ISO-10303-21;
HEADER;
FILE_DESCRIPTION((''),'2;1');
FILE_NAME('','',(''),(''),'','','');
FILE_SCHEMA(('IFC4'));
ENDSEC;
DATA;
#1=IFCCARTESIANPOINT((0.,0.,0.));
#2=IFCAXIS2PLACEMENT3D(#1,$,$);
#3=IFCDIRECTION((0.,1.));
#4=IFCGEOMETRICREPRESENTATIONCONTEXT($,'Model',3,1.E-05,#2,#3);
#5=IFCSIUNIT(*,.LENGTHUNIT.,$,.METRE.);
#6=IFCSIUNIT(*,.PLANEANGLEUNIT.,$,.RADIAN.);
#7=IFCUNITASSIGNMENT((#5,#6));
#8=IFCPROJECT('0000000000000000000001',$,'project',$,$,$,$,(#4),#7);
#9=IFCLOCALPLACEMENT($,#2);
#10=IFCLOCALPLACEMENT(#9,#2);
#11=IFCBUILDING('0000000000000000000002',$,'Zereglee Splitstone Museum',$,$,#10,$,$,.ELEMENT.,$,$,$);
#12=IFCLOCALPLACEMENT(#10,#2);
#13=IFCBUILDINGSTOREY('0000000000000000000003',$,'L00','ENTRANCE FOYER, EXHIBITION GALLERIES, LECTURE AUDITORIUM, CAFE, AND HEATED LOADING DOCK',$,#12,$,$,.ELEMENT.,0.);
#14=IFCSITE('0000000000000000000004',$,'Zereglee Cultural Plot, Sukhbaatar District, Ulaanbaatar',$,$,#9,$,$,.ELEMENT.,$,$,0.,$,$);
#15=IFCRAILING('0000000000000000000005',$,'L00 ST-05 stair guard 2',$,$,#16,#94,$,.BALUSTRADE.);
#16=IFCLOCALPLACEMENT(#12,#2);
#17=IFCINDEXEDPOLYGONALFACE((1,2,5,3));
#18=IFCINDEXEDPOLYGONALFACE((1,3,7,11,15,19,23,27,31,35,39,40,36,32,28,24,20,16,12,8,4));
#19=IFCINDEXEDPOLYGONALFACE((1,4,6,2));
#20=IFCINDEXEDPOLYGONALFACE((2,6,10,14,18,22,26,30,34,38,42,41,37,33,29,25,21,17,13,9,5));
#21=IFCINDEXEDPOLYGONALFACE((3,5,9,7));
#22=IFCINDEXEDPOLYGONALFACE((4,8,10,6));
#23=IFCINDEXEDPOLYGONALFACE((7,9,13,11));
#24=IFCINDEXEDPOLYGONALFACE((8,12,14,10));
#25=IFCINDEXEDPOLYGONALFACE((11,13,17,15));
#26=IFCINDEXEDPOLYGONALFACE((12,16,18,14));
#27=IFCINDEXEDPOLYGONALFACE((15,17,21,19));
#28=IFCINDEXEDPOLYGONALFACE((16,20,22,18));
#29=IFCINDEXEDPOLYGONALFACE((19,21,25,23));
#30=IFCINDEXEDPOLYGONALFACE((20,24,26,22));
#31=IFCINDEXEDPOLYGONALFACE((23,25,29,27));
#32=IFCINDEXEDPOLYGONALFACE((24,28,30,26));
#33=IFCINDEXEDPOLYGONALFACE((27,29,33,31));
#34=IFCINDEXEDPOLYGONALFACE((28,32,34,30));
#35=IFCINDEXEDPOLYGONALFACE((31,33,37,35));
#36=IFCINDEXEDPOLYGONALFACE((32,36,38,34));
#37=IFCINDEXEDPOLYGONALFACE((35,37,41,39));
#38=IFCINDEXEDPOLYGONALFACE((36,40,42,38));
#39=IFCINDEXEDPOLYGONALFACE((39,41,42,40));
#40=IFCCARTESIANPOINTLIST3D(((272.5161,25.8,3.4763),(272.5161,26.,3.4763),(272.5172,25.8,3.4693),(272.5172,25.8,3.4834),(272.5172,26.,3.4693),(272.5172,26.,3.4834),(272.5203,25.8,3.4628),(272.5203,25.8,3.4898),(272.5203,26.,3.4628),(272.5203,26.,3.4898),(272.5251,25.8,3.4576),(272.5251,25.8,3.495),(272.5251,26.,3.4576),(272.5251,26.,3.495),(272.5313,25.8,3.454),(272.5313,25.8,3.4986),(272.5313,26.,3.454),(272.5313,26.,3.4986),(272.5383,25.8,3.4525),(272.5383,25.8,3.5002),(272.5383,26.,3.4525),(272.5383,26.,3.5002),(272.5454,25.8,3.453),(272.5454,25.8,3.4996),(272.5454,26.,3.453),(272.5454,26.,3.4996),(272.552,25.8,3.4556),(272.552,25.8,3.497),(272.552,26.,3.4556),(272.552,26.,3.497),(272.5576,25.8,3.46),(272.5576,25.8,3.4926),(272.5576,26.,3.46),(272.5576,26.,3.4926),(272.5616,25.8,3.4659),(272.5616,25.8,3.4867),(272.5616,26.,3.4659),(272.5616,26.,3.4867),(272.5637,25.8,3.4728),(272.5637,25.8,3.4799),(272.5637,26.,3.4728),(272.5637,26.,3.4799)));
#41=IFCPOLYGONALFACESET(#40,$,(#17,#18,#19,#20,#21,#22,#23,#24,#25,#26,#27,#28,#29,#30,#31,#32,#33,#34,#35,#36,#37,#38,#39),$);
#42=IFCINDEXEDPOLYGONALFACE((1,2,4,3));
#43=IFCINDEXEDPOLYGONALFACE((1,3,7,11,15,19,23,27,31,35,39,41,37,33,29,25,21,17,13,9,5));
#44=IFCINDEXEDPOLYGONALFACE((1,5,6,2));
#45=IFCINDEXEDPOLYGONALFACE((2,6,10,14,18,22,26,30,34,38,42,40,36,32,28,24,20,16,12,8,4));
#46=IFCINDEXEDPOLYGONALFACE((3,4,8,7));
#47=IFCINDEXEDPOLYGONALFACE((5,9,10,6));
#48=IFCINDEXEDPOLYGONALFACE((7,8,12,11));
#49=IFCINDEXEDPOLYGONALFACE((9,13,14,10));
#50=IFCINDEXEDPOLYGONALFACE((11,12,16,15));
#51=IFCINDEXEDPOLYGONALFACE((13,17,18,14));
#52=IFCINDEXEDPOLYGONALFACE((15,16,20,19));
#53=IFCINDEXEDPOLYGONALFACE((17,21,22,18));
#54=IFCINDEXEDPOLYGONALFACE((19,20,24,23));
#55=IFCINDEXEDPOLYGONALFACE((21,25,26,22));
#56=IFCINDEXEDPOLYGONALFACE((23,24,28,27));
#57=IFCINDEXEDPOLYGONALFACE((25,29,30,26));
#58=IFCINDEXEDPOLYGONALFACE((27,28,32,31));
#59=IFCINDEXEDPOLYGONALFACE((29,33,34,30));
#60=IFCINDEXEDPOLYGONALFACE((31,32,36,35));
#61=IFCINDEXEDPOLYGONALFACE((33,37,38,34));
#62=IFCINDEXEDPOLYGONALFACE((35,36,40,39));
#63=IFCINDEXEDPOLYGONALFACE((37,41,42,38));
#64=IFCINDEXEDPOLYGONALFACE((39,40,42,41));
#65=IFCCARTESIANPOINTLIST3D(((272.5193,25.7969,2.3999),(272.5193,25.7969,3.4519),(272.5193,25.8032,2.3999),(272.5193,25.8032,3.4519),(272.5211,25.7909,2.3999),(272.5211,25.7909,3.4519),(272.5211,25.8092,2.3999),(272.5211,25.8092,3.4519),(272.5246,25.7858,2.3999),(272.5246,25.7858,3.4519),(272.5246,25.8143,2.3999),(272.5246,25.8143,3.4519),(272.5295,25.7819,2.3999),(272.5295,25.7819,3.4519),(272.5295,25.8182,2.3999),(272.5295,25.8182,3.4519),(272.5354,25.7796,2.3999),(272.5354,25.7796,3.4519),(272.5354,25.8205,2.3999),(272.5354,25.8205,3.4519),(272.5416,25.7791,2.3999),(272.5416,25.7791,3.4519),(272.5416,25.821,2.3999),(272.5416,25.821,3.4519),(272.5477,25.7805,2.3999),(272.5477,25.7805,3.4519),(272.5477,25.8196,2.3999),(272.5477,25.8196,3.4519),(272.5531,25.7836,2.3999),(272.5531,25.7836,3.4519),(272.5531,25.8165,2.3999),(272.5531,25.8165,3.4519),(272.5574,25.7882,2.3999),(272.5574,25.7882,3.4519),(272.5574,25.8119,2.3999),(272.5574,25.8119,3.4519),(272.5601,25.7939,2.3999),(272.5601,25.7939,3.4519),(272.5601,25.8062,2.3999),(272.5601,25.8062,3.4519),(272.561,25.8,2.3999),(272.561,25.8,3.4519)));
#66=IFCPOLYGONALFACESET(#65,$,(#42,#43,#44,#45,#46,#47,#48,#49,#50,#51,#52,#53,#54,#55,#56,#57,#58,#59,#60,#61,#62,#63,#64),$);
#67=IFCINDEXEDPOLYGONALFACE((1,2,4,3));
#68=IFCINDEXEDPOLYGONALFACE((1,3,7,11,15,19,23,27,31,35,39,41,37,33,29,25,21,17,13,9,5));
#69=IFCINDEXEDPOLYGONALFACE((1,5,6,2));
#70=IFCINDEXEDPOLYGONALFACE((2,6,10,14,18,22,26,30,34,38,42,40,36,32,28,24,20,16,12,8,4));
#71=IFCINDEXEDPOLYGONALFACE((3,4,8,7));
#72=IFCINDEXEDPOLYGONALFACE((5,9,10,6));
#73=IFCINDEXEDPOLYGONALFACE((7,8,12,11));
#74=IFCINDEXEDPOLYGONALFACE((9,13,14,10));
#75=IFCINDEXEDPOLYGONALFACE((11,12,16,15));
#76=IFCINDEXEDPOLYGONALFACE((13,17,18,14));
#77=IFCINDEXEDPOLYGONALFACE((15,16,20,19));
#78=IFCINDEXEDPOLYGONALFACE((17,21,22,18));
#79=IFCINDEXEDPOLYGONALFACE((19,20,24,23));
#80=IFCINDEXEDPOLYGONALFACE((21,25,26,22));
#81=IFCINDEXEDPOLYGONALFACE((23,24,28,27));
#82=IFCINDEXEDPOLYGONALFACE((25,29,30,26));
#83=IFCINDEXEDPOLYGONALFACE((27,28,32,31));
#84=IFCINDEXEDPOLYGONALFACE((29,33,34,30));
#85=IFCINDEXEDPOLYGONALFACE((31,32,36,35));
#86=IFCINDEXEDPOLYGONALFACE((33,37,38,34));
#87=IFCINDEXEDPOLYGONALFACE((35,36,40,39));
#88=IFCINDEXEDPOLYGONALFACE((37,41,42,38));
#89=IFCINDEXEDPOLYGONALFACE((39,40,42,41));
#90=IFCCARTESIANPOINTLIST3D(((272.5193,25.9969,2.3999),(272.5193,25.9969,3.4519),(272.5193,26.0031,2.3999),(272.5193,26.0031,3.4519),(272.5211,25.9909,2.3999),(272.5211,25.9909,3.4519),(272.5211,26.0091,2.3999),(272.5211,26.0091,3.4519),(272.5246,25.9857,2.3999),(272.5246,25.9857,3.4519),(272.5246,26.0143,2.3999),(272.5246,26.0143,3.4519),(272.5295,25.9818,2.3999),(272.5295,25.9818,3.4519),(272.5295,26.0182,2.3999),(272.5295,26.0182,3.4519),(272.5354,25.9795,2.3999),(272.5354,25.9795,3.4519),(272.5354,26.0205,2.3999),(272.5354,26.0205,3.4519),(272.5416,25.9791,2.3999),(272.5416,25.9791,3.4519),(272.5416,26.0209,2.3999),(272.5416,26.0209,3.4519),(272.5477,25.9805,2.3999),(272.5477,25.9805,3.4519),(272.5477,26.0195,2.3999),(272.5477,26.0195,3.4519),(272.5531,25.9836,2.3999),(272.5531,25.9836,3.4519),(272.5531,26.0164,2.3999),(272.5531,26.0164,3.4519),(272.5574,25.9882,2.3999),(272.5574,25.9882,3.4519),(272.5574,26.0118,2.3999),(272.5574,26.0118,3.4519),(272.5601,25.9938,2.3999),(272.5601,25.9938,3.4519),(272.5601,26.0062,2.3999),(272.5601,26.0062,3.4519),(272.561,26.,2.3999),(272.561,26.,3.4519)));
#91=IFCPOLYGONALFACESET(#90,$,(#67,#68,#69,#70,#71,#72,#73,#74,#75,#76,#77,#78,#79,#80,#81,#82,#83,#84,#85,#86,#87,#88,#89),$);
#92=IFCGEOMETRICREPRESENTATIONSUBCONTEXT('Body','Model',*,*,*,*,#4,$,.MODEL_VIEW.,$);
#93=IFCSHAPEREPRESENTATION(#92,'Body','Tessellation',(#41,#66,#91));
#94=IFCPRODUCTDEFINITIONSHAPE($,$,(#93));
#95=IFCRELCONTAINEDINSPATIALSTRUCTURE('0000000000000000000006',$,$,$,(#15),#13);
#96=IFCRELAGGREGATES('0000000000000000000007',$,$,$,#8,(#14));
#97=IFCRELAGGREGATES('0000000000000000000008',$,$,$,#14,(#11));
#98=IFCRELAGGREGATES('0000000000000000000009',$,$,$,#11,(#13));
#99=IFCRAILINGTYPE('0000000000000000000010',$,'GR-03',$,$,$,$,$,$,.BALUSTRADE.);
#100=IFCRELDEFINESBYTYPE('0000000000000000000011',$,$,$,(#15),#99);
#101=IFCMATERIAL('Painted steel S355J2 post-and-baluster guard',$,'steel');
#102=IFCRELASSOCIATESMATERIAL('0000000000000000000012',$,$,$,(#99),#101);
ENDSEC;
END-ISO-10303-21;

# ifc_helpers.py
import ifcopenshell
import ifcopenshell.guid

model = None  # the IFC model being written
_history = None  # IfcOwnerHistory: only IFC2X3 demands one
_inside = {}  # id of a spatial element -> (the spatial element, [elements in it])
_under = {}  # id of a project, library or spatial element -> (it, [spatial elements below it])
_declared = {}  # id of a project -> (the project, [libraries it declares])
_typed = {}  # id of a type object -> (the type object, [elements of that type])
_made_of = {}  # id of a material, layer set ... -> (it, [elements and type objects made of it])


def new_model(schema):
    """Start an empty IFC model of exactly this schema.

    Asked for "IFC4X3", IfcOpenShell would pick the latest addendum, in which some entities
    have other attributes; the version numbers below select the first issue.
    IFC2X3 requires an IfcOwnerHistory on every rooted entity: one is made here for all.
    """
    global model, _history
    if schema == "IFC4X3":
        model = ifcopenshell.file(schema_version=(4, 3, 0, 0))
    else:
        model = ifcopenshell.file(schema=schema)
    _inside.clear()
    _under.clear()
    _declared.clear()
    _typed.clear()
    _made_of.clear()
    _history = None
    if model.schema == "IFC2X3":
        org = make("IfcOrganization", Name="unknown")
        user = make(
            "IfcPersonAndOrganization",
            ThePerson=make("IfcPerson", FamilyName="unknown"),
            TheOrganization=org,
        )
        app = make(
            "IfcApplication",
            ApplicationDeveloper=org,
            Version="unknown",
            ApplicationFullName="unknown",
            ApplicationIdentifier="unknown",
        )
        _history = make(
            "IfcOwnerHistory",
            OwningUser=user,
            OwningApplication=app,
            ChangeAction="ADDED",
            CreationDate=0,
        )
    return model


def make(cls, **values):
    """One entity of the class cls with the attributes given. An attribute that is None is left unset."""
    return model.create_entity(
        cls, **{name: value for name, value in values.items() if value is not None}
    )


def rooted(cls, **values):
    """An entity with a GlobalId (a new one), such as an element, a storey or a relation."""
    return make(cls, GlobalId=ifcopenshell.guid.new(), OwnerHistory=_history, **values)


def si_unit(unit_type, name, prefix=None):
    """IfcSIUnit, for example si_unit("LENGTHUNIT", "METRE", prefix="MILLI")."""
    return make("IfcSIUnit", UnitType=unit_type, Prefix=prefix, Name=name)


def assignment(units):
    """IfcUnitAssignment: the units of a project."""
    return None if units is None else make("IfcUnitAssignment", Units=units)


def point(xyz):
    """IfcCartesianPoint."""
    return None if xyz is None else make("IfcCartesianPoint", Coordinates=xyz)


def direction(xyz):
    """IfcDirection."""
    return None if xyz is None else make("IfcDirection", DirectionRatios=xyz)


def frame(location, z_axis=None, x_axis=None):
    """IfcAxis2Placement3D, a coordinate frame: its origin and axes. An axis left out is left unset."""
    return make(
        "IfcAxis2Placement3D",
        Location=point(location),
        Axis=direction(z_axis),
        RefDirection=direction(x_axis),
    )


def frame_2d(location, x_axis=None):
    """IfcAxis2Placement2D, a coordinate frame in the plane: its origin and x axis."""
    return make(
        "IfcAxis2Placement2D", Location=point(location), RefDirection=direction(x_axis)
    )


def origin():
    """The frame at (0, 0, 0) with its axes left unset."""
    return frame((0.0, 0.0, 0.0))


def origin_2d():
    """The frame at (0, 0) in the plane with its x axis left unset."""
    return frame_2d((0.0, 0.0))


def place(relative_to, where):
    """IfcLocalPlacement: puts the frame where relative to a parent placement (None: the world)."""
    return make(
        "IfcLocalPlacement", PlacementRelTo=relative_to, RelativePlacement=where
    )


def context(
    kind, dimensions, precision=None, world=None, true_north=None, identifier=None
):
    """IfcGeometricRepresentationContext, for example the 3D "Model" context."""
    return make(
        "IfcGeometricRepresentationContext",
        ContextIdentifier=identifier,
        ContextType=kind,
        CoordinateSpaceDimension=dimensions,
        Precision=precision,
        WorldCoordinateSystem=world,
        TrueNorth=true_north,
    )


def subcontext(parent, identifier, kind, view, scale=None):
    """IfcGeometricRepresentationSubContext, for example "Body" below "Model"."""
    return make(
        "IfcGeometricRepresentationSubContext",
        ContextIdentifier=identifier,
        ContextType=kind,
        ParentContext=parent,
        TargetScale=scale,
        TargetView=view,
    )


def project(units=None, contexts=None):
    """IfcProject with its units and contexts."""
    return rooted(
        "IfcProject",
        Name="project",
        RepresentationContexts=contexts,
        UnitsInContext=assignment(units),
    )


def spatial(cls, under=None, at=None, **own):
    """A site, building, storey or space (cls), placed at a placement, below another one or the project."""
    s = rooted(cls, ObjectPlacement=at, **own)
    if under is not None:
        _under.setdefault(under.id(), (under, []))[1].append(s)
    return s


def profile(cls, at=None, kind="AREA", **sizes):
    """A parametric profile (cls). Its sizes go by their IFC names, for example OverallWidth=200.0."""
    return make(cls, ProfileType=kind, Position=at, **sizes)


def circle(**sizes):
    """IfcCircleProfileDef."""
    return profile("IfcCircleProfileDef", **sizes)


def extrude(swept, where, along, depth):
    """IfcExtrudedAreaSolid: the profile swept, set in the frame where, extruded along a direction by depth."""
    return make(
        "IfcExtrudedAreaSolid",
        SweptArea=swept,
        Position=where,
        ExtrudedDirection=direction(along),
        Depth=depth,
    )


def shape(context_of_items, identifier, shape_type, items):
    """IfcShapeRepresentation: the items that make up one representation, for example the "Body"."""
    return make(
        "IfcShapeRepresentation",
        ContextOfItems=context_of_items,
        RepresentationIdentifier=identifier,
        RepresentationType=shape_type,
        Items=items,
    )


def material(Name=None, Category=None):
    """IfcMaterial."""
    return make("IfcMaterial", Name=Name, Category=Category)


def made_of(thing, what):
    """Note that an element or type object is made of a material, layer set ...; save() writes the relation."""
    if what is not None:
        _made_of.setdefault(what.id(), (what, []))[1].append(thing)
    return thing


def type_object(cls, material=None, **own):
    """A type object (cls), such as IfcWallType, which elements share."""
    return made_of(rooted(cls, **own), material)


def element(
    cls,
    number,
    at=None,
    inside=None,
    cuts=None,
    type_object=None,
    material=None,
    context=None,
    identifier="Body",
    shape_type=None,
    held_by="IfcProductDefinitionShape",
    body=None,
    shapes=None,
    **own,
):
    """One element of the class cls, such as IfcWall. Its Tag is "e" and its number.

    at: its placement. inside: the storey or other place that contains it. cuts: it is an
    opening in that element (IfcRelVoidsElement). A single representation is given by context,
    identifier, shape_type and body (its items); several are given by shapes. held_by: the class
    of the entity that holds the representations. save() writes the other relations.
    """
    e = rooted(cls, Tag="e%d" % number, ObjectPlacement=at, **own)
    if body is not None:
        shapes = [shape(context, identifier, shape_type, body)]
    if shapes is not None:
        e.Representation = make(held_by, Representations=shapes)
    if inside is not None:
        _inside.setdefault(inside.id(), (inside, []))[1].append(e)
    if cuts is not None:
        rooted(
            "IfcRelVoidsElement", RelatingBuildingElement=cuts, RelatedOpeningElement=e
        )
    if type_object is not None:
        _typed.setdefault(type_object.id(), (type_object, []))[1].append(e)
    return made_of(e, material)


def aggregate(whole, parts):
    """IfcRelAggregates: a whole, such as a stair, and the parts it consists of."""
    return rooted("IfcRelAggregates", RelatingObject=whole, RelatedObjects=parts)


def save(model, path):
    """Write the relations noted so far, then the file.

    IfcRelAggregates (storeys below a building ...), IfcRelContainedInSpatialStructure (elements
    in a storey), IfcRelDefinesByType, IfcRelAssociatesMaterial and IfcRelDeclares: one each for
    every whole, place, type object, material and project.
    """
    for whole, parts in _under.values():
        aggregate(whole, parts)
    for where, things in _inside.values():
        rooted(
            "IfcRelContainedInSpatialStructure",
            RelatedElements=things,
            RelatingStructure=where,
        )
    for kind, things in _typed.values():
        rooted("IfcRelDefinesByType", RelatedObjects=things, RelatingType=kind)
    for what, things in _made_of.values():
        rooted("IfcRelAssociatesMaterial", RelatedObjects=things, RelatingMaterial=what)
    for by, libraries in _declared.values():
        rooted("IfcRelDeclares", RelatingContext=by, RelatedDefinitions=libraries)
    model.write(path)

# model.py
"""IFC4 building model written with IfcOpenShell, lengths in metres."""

from ifc_helpers import new_model, si_unit, direction, frame, origin, origin_2d, place, context, subcontext, project, spatial, circle, extrude, material, type_object, element, save


model = new_model("IFC4")

# Units and contexts
model_context = context("Model", 3, precision=1e-05, world=origin(), true_north=direction((0.0, 1.0)))
body_context = subcontext(model_context, "Body", "Model", "MODEL_VIEW")
ifc_project = project(units=[si_unit("LENGTHUNIT", "METRE"), si_unit("PLANEANGLEUNIT", "RADIAN")], contexts=[model_context])

# Site, building, storey
site_placement = place(None, origin())
site = spatial("IfcSite", under=ifc_project, at=site_placement, Name="Zereglee Cultural Plot, Sukhbaatar District, Ulaanbaatar", CompositionType="ELEMENT", RefElevation=0.0)
building_placement = place(site_placement, origin())
building = spatial("IfcBuilding", under=site, at=building_placement, Name="Zereglee Splitstone Museum", CompositionType="ELEMENT")
storey_placement = place(building_placement, origin())
storey = spatial("IfcBuildingStorey", under=building, at=storey_placement, Name="L00", Description="ENTRANCE FOYER, EXHIBITION GALLERIES, LECTURE AUDITORIUM, CAFE, AND HEATED LOADING DOCK", CompositionType="ELEMENT", Elevation=0.0)

# Railing
ifc_material_1 = material(Name="Painted steel S355J2 post-and-baluster guard", Category="steel")
railing_type_1 = type_object("IfcRailingType", Name="GR-03", PredefinedType="BALUSTRADE", material=ifc_material_1)
railing_1_placement = place(storey_placement, frame((272.54, 25.8, 2.3999)))
element("IfcRailing", 1, at=railing_1_placement, inside=storey, type_object=railing_type_1, Name="L00 ST-05 stair guard 2", PredefinedType="BALUSTRADE", context=body_context, shape_type="SweptSolid", body=[
    extrude(circle(Radius=0.0239, at=origin_2d()), frame((0.0, 0.0, 1.0764), z_axis=(0.0, 1.0, 0.0), x_axis=(-1.0, 0.0, 0.0)), (0.0, 0.0, 1.0), 0.2),
    extrude(circle(Radius=0.021, at=origin_2d()), origin(), (0.0, 0.0, 1.0), 1.052),
    extrude(circle(Radius=0.021, at=origin_2d()), frame((0.0, 0.2, 0.0)), (0.0, 0.0, 1.0), 1.052),
])

save(model, "model.ifc")
